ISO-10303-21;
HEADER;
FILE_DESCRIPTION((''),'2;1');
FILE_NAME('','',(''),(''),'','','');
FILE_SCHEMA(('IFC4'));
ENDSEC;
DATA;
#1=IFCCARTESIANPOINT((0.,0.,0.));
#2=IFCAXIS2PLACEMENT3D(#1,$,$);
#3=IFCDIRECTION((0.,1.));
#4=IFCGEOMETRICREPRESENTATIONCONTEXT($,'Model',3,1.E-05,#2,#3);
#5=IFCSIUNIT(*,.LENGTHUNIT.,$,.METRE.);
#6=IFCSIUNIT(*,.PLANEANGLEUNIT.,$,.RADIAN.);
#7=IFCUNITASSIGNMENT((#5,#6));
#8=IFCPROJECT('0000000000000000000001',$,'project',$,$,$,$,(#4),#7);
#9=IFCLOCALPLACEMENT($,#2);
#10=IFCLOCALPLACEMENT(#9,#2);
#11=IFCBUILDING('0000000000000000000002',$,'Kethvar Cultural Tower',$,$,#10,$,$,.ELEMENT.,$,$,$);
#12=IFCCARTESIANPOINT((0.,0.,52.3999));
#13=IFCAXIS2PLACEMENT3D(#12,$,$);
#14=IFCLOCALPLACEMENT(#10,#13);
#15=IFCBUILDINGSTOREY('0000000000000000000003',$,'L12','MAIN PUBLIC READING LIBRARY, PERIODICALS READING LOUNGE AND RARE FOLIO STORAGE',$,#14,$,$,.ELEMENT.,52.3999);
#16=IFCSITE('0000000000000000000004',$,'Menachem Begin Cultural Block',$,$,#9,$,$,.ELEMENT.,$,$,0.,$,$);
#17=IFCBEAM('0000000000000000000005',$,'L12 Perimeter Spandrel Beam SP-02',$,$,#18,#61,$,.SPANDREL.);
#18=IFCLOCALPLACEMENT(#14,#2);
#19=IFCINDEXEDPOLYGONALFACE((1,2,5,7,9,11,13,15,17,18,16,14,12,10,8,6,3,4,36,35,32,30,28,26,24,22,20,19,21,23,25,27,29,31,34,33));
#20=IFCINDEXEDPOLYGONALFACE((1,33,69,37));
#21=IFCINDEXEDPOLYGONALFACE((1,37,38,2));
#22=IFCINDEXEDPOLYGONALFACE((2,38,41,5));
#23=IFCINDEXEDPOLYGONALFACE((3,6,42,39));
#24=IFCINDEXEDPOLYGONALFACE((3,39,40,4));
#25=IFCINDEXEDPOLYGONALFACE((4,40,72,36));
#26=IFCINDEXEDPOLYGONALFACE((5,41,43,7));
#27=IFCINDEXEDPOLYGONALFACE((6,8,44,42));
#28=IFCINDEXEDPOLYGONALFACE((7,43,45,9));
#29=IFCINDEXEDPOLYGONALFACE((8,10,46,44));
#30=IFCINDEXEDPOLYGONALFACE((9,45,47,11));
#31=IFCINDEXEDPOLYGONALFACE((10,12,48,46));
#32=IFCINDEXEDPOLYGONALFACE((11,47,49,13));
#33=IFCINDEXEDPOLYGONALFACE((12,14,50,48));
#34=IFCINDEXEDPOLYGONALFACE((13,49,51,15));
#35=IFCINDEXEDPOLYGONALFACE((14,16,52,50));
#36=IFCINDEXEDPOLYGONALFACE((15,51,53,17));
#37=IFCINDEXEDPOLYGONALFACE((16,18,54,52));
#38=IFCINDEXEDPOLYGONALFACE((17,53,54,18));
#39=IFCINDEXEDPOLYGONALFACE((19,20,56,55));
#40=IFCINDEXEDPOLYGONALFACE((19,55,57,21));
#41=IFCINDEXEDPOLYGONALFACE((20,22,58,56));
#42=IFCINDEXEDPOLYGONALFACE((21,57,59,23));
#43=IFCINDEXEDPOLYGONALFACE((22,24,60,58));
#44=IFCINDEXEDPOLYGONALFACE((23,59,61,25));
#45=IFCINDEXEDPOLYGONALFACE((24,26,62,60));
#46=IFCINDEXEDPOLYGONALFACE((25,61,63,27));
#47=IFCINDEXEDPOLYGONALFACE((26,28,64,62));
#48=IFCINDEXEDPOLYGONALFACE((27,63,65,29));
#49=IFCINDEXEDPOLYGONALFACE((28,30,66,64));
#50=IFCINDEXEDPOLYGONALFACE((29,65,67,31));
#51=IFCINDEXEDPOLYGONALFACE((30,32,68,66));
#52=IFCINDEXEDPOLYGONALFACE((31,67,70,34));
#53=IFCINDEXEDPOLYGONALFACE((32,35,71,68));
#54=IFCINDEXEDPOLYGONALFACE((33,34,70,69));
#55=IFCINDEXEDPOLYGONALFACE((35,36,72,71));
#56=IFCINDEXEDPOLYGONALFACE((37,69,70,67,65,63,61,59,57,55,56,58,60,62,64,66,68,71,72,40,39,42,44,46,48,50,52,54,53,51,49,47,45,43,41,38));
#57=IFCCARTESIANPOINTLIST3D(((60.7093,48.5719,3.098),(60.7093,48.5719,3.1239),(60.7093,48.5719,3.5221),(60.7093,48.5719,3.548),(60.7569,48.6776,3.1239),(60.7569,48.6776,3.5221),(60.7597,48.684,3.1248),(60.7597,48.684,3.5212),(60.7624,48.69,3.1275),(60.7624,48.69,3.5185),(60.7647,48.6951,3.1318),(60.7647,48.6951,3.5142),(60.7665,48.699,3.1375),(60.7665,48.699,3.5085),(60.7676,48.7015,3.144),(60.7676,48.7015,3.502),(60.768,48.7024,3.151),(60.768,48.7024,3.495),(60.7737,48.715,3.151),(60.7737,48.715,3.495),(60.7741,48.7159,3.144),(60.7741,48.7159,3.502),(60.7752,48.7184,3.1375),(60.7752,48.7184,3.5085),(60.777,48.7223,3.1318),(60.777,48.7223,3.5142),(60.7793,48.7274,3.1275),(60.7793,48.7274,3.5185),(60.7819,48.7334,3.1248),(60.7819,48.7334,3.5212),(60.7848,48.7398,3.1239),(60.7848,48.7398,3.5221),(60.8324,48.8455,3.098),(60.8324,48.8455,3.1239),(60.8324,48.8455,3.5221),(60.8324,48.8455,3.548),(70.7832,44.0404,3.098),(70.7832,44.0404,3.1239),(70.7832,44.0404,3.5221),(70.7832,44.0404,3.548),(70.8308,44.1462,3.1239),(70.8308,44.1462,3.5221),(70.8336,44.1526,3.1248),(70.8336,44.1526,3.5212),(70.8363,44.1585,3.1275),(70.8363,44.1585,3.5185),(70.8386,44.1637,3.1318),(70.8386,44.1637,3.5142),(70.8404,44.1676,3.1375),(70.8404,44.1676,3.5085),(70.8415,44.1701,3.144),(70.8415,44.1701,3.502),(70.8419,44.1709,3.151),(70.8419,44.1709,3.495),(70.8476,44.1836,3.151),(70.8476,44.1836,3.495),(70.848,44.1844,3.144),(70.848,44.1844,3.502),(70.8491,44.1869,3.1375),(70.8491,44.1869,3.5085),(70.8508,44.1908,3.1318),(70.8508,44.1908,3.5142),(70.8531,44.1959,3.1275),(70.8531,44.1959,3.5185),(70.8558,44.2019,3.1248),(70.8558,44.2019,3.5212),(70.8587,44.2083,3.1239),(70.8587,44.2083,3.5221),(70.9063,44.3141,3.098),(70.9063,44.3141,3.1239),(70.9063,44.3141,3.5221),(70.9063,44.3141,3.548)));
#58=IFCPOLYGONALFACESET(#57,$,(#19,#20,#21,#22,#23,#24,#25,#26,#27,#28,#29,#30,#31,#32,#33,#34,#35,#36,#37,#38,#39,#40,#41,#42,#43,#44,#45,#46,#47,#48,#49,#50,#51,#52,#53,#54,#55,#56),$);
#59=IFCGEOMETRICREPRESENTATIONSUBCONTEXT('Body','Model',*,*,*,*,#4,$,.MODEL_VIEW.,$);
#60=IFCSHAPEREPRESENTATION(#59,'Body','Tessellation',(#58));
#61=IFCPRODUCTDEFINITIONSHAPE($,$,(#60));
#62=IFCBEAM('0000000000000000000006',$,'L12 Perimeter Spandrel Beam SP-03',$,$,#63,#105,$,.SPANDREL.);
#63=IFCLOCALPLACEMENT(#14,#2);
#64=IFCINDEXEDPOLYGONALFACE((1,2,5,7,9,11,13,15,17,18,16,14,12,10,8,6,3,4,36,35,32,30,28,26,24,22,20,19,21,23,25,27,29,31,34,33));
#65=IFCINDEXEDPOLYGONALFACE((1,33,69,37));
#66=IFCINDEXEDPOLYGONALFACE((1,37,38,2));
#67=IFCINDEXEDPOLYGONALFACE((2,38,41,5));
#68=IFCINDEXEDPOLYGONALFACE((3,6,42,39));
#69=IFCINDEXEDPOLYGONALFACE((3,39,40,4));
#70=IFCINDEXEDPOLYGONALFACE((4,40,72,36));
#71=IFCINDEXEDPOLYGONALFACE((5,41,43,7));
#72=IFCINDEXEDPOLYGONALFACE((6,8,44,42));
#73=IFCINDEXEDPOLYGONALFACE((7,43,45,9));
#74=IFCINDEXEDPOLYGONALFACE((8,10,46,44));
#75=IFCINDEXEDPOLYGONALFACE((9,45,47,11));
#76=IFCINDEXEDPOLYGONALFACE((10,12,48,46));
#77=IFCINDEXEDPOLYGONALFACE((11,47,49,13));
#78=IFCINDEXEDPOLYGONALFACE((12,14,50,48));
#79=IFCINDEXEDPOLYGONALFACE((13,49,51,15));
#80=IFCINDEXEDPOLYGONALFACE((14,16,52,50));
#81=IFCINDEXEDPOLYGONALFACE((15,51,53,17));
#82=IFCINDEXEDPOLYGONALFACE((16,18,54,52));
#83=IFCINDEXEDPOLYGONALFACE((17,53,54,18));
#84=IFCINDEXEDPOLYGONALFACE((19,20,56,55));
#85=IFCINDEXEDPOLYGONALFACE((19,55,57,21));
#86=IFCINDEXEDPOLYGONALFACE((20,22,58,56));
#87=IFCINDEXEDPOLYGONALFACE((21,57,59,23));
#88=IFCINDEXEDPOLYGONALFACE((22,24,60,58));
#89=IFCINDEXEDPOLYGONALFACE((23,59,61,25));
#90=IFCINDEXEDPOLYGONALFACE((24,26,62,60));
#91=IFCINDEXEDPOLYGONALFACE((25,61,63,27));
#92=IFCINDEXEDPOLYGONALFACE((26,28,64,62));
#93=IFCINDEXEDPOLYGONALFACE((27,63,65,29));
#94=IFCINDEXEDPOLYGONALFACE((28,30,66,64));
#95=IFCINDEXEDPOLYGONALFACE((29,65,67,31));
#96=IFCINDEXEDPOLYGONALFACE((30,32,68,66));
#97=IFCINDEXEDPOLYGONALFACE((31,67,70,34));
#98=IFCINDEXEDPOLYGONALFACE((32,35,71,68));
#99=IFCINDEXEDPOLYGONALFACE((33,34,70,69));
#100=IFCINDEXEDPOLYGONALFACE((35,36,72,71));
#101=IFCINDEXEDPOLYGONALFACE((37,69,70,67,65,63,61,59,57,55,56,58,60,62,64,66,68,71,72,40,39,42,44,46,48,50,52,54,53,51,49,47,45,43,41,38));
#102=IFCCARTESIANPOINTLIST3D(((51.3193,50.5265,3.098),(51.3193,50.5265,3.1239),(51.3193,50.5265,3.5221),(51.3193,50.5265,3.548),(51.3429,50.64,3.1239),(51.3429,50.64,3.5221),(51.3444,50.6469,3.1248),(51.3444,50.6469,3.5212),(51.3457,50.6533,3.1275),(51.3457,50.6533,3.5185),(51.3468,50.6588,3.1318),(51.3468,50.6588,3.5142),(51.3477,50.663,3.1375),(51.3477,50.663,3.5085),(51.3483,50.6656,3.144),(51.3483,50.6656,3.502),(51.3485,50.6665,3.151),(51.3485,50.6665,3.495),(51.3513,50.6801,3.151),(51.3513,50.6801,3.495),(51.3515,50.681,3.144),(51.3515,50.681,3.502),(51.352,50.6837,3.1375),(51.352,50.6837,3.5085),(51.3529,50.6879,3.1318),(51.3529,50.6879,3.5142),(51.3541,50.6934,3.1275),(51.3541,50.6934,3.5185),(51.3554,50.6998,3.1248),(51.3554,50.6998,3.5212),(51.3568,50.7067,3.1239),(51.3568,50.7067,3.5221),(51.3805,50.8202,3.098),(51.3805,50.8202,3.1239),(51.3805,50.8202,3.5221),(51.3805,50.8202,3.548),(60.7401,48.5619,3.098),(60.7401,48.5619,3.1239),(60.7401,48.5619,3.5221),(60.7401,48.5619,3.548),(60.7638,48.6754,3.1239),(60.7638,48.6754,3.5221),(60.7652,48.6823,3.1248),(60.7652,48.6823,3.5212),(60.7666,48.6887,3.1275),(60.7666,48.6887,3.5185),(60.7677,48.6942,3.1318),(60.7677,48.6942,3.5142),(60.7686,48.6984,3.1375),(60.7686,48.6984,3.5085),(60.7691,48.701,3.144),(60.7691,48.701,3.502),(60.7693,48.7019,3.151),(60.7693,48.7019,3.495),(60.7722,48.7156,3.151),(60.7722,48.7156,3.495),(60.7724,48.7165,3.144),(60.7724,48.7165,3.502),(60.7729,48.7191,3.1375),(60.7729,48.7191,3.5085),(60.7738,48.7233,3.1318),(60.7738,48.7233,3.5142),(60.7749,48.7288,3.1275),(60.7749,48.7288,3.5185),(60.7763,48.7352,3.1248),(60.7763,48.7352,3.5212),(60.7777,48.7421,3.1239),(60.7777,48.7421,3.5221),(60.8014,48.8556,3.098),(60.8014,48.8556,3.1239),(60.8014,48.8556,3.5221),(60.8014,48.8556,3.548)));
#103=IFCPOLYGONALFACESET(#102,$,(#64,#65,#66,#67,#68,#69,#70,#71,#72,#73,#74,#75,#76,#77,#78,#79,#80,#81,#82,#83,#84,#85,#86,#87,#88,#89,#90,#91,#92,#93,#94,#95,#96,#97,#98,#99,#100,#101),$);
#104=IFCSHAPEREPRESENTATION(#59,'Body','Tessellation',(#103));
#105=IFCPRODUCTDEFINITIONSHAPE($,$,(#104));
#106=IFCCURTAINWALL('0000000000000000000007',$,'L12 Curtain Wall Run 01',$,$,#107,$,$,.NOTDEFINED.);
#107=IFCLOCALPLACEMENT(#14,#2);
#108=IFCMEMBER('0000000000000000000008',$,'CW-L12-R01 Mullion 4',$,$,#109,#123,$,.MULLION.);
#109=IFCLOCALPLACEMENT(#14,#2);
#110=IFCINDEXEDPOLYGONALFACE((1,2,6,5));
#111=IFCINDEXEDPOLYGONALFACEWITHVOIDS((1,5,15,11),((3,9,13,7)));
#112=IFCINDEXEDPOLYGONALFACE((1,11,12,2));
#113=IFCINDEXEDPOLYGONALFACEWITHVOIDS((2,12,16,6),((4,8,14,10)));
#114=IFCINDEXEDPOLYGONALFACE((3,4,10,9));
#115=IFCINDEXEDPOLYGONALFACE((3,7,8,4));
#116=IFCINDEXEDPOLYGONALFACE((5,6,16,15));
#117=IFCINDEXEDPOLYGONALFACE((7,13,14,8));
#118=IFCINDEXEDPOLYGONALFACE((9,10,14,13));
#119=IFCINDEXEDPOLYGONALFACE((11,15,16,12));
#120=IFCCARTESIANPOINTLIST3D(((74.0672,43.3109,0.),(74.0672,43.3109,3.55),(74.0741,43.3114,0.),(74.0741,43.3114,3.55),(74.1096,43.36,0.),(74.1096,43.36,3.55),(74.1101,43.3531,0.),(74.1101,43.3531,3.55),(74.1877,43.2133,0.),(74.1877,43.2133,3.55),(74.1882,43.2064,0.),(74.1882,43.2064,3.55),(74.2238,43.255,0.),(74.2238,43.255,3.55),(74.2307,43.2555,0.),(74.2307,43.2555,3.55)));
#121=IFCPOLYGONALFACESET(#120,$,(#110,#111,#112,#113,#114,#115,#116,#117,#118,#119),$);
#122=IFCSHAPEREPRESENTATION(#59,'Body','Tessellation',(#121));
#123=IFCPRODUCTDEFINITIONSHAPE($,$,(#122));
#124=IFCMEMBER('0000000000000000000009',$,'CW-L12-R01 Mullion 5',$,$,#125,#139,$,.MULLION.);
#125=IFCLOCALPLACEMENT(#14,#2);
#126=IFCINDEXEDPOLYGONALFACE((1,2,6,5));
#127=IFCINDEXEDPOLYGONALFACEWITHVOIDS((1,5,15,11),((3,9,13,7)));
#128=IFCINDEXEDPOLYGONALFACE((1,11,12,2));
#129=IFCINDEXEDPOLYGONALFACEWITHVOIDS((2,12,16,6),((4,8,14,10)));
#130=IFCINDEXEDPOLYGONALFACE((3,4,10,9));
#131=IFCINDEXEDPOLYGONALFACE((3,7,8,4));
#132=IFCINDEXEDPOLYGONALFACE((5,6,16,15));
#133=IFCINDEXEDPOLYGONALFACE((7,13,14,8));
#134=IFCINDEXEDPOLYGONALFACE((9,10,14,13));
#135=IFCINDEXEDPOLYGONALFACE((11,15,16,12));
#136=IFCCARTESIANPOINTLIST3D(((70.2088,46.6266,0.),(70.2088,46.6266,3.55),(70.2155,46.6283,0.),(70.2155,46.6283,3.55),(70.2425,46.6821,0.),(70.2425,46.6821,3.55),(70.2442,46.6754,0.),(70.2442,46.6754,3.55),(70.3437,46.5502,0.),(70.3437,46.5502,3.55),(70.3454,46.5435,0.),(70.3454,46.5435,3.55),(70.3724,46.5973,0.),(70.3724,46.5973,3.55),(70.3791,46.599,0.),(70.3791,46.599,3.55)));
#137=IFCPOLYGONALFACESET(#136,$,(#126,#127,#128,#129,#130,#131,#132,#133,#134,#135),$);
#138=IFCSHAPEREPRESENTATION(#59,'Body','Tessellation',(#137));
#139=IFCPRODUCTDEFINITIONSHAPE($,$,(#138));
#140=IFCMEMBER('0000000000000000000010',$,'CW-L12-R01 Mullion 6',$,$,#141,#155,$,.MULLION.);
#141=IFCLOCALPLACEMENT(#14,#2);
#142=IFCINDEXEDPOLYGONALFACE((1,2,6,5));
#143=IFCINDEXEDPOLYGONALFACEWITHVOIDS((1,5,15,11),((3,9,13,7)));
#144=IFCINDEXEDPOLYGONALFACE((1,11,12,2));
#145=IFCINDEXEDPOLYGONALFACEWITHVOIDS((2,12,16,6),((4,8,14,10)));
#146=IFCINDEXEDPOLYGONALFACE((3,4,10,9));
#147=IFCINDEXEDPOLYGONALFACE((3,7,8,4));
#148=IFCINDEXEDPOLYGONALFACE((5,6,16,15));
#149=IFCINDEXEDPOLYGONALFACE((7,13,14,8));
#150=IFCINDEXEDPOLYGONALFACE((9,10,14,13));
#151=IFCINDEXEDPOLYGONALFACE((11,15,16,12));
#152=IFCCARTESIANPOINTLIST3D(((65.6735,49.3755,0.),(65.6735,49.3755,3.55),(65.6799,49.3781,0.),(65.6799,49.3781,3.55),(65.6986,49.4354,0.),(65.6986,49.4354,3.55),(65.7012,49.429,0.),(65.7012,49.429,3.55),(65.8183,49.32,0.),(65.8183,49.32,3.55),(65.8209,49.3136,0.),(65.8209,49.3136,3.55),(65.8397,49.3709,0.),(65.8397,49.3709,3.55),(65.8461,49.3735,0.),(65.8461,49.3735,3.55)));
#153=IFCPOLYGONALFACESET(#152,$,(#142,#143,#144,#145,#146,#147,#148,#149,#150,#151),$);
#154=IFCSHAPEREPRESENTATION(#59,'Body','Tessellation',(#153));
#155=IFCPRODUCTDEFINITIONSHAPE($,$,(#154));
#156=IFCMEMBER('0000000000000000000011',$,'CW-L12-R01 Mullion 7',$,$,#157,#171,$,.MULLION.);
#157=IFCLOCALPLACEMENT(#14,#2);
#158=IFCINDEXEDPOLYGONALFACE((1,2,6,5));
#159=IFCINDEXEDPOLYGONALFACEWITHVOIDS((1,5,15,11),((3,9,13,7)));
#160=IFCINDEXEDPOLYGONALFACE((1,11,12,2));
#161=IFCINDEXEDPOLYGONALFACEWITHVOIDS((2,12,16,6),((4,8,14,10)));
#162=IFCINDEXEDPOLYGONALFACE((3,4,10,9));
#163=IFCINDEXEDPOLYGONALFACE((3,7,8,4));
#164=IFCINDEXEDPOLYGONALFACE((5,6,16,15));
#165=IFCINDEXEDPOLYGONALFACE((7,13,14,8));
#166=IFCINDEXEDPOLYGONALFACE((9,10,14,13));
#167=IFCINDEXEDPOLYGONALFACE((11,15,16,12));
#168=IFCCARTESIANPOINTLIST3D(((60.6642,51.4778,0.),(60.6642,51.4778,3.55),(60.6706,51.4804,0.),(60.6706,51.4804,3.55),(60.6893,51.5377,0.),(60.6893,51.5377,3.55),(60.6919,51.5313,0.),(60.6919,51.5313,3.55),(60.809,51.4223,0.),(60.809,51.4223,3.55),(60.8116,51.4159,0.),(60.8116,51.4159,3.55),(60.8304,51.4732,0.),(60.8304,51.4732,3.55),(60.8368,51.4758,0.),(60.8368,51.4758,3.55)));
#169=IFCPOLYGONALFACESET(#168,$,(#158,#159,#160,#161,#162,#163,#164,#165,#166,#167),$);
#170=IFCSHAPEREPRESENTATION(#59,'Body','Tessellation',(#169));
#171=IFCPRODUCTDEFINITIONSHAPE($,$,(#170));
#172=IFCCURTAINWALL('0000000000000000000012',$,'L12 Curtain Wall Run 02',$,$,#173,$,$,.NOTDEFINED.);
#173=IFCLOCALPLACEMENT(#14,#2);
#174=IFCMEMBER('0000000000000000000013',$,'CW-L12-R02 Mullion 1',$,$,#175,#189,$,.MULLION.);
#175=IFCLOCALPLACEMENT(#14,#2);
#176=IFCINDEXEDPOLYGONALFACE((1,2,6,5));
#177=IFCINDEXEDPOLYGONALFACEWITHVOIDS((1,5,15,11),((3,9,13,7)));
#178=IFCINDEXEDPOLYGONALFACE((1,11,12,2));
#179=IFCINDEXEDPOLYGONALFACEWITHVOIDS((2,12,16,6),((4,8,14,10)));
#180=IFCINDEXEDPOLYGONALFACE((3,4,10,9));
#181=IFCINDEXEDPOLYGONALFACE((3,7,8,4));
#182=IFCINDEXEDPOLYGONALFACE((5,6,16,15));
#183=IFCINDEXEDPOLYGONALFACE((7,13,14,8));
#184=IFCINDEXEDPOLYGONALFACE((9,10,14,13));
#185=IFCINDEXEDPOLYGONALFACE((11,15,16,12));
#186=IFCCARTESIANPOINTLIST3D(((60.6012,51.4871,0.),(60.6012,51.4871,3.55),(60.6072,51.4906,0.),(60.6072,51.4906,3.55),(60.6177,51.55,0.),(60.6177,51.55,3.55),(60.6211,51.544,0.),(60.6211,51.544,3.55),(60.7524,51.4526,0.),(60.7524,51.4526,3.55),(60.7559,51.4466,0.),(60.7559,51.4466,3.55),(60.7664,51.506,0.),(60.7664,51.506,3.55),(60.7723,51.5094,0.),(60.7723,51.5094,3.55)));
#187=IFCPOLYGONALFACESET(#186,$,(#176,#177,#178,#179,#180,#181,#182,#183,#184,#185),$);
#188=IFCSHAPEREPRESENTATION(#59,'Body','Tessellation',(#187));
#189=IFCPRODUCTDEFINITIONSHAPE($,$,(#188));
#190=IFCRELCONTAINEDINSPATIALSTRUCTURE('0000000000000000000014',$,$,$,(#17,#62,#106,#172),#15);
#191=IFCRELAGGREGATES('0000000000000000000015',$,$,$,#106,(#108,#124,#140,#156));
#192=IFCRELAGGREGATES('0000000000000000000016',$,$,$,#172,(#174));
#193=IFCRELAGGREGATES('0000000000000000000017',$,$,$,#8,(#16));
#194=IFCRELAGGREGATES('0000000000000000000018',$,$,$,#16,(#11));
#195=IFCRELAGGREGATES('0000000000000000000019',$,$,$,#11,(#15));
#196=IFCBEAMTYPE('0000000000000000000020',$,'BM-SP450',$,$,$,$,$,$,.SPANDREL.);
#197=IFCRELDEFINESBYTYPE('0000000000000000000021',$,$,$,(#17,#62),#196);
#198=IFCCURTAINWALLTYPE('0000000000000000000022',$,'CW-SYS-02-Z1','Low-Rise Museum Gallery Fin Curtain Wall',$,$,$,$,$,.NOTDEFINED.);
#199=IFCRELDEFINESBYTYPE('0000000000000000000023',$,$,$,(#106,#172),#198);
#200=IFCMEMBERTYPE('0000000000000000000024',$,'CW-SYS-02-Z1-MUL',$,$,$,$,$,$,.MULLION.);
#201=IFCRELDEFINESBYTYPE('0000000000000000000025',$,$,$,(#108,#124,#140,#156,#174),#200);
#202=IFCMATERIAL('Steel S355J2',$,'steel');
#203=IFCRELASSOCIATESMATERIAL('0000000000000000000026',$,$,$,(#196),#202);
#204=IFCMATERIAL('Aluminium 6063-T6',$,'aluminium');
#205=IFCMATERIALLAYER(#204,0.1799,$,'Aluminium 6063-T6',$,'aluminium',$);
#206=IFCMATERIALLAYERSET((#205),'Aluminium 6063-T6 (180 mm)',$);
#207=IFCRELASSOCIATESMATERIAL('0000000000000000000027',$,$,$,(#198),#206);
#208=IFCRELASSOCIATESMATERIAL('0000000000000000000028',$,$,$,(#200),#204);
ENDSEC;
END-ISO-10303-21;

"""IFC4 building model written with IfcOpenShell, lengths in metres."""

from ifc_helpers import new_model, si_unit, direction, frame, origin, origin_2d, place, context, subcontext, project, spatial, hollow_rectangle, i_section, extrude, source, transform, mapped, material, layer, layer_set, material_profile, profile_set, type_object, element, aggregate, save


model = new_model("IFC4")

# Units and contexts
model_context = context("Model", 3, precision=1e-05, world=origin(), true_north=direction((0.0, 1.0)))
body_context = subcontext(model_context, "Body", "Model", "MODEL_VIEW")
ifc_project = project(units=[si_unit("LENGTHUNIT", "METRE"), si_unit("PLANEANGLEUNIT", "RADIAN")], contexts=[model_context])

# Site, building, storey
site_placement = place(None, origin())
site = spatial("IfcSite", under=ifc_project, at=site_placement, Name="Menachem Begin Cultural Block", CompositionType="ELEMENT", RefElevation=0.0)
building_placement = place(site_placement, origin())
building = spatial("IfcBuilding", under=site, at=building_placement, Name="Kethvar Cultural Tower", CompositionType="ELEMENT")
storey_placement = place(building_placement, frame((0.0, 0.0, 52.3999)))
storey = spatial("IfcBuildingStorey", under=building, at=storey_placement, Name="L12", Description="MAIN PUBLIC READING LIBRARY, PERIODICALS READING LOUNGE AND RARE FOLIO STORAGE", CompositionType="ELEMENT", Elevation=52.3999)

# Beams
ifc_material_1 = material(Name="Steel S355J2", Category="steel")
ifc_material_profile_1 = material_profile(ifc_material_1, i_section(OverallWidth=0.3, OverallDepth=0.45, WebThickness=0.0139, FlangeThickness=0.0259, FilletRadius=0.0271, at=origin_2d()), Name="Steel S355J2 — HEB450")
ifc_profile_set_1 = profile_set([ifc_material_profile_1], Name="Steel S355J2 — HEB450")
beam_type_1 = type_object("IfcBeamType", Name="BM-SP450", PredefinedType="SPANDREL", material=ifc_profile_set_1)
shared_shape_1 = source(origin(), body_context, "Body", "SweptSolid", [
    extrude(i_section(OverallWidth=0.3, OverallDepth=0.45, WebThickness=0.0139, FlangeThickness=0.0259, FilletRadius=0.0271, at=origin_2d()), origin(), (0.0, 0.0, 1.0), 11.0461),
])
beam_1_placement = place(storey_placement, frame((70.8447, 44.1772, 3.323), z_axis=(-0.911982, 0.41023, 0.0), x_axis=(-0.41023, -0.911982, 0.0)))
element("IfcBeam", 1, at=beam_1_placement, inside=storey, type_object=beam_type_1, Name="L12 Perimeter Spandrel Beam SP-02", PredefinedType="SPANDREL", context=body_context, shape_type="MappedRepresentation", body=[
    mapped(shared_shape_1, transform((0.0, 0.0, 0.0), scale=1.0)),
])
shared_shape_2 = source(origin(), body_context, "Body", "SweptSolid", [
    extrude(i_section(OverallWidth=0.3, OverallDepth=0.45, WebThickness=0.0139, FlangeThickness=0.0259, FilletRadius=0.0271, at=origin_2d()), origin(), (0.0, 0.0, 1.0), 9.6235),
])
beam_2_placement = place(storey_placement, frame((60.7708, 48.7087, 3.323), z_axis=(-0.978941, 0.204145, 0.0), x_axis=(-0.204145, -0.978941, 0.0)))
element("IfcBeam", 2, at=beam_2_placement, inside=storey, type_object=beam_type_1, Name="L12 Perimeter Spandrel Beam SP-03", PredefinedType="SPANDREL", context=body_context, shape_type="MappedRepresentation", body=[
    mapped(shared_shape_2, transform((0.0, 0.0, 0.0), scale=1.0)),
])

# Curtain wall, members
ifc_material_2 = material(Name="Aluminium 6063-T6", Category="aluminium")
ifc_layer_1 = layer(ifc_material_2, 0.1799, Name="Aluminium 6063-T6", Category="aluminium")
ifc_layer_set_1 = layer_set([ifc_layer_1], Name="Aluminium 6063-T6 (180 mm)")
curtain_wall_type = type_object("IfcCurtainWallType", Name="CW-SYS-02-Z1", Description="Low-Rise Museum Gallery Fin Curtain Wall", PredefinedType="NOTDEFINED", material=ifc_layer_set_1)
curtain_wall_1_placement = place(storey_placement, origin())
curtain_wall_1 = element("IfcCurtainWall", 3, at=curtain_wall_1_placement, inside=storey, type_object=curtain_wall_type, Name="L12 Curtain Wall Run 01", PredefinedType="NOTDEFINED")
ifc_material_profile_2 = material_profile(ifc_material_2, hollow_rectangle(XDim=0.0649, YDim=0.1599, WallThickness=0.0049, at=origin_2d()), Name="Aluminium 6063-T6 — RHS160x65x5")
ifc_profile_set_2 = profile_set([ifc_material_profile_2], Name="Aluminium 6063-T6 — RHS160x65x5")
member_type_1 = type_object("IfcMemberType", Name="CW-SYS-02-Z1-MUL", PredefinedType="MULLION", material=ifc_profile_set_2)
shared_shape_3 = source(origin(), body_context, "Body", "SweptSolid", [
    extrude(hollow_rectangle(XDim=0.0649, YDim=0.1599, WallThickness=0.0049, at=origin_2d()), origin(), (0.0, 0.0, 1.0), 3.55),
])
member_1_placement = place(storey_placement, frame((74.1489, 43.2832, 0.0), z_axis=(0.0, 0.0, 1.0), x_axis=(-0.653394, -0.757018, 0.0)))
member_1 = element("IfcMember", 4, at=member_1_placement, type_object=member_type_1, Name="CW-L12-R01 Mullion 4", PredefinedType="MULLION", context=body_context, shape_type="MappedRepresentation", body=[
    mapped(shared_shape_3, transform((0.0, 0.0, 0.0), scale=1.0)),
])
member_2_placement = place(storey_placement, frame((70.2939, 46.6128, 0.0), z_axis=(0.0, 0.0, 1.0), x_axis=(-0.519981, -0.854178, 0.0)))
member_2 = element("IfcMember", 5, at=member_2_placement, type_object=member_type_1, Name="CW-L12-R01 Mullion 5", PredefinedType="MULLION", context=body_context, shape_type="MappedRepresentation", body=[
    mapped(shared_shape_3, transform((0.0, 0.0, 0.0), scale=1.0)),
])
member_3_placement = place(storey_placement, frame((65.7598, 49.3745, 0.0), z_axis=(0.0, 0.0, 1.0), x_axis=(-0.386985, -0.922086, 0.0)))
member_3 = element("IfcMember", 6, at=member_3_placement, type_object=member_type_1, Name="CW-L12-R01 Mullion 6", PredefinedType="MULLION", context=body_context, shape_type="MappedRepresentation", body=[
    mapped(shared_shape_3, transform((0.0, 0.0, 0.0), scale=1.0)),
])
member_4_placement = place(storey_placement, frame((60.7505, 51.4768, 0.0), z_axis=(0.0, 0.0, 1.0), x_axis=(-0.386985, -0.922086, 0.0)))
member_4 = element("IfcMember", 7, at=member_4_placement, type_object=member_type_1, Name="CW-L12-R01 Mullion 7", PredefinedType="MULLION", context=body_context, shape_type="MappedRepresentation", body=[
    mapped(shared_shape_3, transform((0.0, 0.0, 0.0), scale=1.0)),
])

# Curtain wall, member
curtain_wall_2_placement = place(storey_placement, origin())
curtain_wall_2 = element("IfcCurtainWall", 8, at=curtain_wall_2_placement, inside=storey, type_object=curtain_wall_type, Name="L12 Curtain Wall Run 02", PredefinedType="NOTDEFINED")
member_5_placement = place(storey_placement, frame((60.6868, 51.4983, 0.0), z_axis=(0.0, 0.0, 1.0), x_axis=(-0.253437, -0.967352, 0.0)))
member_5 = element("IfcMember", 9, at=member_5_placement, type_object=member_type_1, Name="CW-L12-R02 Mullion 1", PredefinedType="MULLION", context=body_context, shape_type="MappedRepresentation", body=[
    mapped(shared_shape_3, transform((0.0, 0.0, 0.0), scale=1.0)),
])

aggregate(curtain_wall_1, [member_1, member_2, member_3, member_4])
aggregate(curtain_wall_2, [member_5])

save(model, "model.ifc")
